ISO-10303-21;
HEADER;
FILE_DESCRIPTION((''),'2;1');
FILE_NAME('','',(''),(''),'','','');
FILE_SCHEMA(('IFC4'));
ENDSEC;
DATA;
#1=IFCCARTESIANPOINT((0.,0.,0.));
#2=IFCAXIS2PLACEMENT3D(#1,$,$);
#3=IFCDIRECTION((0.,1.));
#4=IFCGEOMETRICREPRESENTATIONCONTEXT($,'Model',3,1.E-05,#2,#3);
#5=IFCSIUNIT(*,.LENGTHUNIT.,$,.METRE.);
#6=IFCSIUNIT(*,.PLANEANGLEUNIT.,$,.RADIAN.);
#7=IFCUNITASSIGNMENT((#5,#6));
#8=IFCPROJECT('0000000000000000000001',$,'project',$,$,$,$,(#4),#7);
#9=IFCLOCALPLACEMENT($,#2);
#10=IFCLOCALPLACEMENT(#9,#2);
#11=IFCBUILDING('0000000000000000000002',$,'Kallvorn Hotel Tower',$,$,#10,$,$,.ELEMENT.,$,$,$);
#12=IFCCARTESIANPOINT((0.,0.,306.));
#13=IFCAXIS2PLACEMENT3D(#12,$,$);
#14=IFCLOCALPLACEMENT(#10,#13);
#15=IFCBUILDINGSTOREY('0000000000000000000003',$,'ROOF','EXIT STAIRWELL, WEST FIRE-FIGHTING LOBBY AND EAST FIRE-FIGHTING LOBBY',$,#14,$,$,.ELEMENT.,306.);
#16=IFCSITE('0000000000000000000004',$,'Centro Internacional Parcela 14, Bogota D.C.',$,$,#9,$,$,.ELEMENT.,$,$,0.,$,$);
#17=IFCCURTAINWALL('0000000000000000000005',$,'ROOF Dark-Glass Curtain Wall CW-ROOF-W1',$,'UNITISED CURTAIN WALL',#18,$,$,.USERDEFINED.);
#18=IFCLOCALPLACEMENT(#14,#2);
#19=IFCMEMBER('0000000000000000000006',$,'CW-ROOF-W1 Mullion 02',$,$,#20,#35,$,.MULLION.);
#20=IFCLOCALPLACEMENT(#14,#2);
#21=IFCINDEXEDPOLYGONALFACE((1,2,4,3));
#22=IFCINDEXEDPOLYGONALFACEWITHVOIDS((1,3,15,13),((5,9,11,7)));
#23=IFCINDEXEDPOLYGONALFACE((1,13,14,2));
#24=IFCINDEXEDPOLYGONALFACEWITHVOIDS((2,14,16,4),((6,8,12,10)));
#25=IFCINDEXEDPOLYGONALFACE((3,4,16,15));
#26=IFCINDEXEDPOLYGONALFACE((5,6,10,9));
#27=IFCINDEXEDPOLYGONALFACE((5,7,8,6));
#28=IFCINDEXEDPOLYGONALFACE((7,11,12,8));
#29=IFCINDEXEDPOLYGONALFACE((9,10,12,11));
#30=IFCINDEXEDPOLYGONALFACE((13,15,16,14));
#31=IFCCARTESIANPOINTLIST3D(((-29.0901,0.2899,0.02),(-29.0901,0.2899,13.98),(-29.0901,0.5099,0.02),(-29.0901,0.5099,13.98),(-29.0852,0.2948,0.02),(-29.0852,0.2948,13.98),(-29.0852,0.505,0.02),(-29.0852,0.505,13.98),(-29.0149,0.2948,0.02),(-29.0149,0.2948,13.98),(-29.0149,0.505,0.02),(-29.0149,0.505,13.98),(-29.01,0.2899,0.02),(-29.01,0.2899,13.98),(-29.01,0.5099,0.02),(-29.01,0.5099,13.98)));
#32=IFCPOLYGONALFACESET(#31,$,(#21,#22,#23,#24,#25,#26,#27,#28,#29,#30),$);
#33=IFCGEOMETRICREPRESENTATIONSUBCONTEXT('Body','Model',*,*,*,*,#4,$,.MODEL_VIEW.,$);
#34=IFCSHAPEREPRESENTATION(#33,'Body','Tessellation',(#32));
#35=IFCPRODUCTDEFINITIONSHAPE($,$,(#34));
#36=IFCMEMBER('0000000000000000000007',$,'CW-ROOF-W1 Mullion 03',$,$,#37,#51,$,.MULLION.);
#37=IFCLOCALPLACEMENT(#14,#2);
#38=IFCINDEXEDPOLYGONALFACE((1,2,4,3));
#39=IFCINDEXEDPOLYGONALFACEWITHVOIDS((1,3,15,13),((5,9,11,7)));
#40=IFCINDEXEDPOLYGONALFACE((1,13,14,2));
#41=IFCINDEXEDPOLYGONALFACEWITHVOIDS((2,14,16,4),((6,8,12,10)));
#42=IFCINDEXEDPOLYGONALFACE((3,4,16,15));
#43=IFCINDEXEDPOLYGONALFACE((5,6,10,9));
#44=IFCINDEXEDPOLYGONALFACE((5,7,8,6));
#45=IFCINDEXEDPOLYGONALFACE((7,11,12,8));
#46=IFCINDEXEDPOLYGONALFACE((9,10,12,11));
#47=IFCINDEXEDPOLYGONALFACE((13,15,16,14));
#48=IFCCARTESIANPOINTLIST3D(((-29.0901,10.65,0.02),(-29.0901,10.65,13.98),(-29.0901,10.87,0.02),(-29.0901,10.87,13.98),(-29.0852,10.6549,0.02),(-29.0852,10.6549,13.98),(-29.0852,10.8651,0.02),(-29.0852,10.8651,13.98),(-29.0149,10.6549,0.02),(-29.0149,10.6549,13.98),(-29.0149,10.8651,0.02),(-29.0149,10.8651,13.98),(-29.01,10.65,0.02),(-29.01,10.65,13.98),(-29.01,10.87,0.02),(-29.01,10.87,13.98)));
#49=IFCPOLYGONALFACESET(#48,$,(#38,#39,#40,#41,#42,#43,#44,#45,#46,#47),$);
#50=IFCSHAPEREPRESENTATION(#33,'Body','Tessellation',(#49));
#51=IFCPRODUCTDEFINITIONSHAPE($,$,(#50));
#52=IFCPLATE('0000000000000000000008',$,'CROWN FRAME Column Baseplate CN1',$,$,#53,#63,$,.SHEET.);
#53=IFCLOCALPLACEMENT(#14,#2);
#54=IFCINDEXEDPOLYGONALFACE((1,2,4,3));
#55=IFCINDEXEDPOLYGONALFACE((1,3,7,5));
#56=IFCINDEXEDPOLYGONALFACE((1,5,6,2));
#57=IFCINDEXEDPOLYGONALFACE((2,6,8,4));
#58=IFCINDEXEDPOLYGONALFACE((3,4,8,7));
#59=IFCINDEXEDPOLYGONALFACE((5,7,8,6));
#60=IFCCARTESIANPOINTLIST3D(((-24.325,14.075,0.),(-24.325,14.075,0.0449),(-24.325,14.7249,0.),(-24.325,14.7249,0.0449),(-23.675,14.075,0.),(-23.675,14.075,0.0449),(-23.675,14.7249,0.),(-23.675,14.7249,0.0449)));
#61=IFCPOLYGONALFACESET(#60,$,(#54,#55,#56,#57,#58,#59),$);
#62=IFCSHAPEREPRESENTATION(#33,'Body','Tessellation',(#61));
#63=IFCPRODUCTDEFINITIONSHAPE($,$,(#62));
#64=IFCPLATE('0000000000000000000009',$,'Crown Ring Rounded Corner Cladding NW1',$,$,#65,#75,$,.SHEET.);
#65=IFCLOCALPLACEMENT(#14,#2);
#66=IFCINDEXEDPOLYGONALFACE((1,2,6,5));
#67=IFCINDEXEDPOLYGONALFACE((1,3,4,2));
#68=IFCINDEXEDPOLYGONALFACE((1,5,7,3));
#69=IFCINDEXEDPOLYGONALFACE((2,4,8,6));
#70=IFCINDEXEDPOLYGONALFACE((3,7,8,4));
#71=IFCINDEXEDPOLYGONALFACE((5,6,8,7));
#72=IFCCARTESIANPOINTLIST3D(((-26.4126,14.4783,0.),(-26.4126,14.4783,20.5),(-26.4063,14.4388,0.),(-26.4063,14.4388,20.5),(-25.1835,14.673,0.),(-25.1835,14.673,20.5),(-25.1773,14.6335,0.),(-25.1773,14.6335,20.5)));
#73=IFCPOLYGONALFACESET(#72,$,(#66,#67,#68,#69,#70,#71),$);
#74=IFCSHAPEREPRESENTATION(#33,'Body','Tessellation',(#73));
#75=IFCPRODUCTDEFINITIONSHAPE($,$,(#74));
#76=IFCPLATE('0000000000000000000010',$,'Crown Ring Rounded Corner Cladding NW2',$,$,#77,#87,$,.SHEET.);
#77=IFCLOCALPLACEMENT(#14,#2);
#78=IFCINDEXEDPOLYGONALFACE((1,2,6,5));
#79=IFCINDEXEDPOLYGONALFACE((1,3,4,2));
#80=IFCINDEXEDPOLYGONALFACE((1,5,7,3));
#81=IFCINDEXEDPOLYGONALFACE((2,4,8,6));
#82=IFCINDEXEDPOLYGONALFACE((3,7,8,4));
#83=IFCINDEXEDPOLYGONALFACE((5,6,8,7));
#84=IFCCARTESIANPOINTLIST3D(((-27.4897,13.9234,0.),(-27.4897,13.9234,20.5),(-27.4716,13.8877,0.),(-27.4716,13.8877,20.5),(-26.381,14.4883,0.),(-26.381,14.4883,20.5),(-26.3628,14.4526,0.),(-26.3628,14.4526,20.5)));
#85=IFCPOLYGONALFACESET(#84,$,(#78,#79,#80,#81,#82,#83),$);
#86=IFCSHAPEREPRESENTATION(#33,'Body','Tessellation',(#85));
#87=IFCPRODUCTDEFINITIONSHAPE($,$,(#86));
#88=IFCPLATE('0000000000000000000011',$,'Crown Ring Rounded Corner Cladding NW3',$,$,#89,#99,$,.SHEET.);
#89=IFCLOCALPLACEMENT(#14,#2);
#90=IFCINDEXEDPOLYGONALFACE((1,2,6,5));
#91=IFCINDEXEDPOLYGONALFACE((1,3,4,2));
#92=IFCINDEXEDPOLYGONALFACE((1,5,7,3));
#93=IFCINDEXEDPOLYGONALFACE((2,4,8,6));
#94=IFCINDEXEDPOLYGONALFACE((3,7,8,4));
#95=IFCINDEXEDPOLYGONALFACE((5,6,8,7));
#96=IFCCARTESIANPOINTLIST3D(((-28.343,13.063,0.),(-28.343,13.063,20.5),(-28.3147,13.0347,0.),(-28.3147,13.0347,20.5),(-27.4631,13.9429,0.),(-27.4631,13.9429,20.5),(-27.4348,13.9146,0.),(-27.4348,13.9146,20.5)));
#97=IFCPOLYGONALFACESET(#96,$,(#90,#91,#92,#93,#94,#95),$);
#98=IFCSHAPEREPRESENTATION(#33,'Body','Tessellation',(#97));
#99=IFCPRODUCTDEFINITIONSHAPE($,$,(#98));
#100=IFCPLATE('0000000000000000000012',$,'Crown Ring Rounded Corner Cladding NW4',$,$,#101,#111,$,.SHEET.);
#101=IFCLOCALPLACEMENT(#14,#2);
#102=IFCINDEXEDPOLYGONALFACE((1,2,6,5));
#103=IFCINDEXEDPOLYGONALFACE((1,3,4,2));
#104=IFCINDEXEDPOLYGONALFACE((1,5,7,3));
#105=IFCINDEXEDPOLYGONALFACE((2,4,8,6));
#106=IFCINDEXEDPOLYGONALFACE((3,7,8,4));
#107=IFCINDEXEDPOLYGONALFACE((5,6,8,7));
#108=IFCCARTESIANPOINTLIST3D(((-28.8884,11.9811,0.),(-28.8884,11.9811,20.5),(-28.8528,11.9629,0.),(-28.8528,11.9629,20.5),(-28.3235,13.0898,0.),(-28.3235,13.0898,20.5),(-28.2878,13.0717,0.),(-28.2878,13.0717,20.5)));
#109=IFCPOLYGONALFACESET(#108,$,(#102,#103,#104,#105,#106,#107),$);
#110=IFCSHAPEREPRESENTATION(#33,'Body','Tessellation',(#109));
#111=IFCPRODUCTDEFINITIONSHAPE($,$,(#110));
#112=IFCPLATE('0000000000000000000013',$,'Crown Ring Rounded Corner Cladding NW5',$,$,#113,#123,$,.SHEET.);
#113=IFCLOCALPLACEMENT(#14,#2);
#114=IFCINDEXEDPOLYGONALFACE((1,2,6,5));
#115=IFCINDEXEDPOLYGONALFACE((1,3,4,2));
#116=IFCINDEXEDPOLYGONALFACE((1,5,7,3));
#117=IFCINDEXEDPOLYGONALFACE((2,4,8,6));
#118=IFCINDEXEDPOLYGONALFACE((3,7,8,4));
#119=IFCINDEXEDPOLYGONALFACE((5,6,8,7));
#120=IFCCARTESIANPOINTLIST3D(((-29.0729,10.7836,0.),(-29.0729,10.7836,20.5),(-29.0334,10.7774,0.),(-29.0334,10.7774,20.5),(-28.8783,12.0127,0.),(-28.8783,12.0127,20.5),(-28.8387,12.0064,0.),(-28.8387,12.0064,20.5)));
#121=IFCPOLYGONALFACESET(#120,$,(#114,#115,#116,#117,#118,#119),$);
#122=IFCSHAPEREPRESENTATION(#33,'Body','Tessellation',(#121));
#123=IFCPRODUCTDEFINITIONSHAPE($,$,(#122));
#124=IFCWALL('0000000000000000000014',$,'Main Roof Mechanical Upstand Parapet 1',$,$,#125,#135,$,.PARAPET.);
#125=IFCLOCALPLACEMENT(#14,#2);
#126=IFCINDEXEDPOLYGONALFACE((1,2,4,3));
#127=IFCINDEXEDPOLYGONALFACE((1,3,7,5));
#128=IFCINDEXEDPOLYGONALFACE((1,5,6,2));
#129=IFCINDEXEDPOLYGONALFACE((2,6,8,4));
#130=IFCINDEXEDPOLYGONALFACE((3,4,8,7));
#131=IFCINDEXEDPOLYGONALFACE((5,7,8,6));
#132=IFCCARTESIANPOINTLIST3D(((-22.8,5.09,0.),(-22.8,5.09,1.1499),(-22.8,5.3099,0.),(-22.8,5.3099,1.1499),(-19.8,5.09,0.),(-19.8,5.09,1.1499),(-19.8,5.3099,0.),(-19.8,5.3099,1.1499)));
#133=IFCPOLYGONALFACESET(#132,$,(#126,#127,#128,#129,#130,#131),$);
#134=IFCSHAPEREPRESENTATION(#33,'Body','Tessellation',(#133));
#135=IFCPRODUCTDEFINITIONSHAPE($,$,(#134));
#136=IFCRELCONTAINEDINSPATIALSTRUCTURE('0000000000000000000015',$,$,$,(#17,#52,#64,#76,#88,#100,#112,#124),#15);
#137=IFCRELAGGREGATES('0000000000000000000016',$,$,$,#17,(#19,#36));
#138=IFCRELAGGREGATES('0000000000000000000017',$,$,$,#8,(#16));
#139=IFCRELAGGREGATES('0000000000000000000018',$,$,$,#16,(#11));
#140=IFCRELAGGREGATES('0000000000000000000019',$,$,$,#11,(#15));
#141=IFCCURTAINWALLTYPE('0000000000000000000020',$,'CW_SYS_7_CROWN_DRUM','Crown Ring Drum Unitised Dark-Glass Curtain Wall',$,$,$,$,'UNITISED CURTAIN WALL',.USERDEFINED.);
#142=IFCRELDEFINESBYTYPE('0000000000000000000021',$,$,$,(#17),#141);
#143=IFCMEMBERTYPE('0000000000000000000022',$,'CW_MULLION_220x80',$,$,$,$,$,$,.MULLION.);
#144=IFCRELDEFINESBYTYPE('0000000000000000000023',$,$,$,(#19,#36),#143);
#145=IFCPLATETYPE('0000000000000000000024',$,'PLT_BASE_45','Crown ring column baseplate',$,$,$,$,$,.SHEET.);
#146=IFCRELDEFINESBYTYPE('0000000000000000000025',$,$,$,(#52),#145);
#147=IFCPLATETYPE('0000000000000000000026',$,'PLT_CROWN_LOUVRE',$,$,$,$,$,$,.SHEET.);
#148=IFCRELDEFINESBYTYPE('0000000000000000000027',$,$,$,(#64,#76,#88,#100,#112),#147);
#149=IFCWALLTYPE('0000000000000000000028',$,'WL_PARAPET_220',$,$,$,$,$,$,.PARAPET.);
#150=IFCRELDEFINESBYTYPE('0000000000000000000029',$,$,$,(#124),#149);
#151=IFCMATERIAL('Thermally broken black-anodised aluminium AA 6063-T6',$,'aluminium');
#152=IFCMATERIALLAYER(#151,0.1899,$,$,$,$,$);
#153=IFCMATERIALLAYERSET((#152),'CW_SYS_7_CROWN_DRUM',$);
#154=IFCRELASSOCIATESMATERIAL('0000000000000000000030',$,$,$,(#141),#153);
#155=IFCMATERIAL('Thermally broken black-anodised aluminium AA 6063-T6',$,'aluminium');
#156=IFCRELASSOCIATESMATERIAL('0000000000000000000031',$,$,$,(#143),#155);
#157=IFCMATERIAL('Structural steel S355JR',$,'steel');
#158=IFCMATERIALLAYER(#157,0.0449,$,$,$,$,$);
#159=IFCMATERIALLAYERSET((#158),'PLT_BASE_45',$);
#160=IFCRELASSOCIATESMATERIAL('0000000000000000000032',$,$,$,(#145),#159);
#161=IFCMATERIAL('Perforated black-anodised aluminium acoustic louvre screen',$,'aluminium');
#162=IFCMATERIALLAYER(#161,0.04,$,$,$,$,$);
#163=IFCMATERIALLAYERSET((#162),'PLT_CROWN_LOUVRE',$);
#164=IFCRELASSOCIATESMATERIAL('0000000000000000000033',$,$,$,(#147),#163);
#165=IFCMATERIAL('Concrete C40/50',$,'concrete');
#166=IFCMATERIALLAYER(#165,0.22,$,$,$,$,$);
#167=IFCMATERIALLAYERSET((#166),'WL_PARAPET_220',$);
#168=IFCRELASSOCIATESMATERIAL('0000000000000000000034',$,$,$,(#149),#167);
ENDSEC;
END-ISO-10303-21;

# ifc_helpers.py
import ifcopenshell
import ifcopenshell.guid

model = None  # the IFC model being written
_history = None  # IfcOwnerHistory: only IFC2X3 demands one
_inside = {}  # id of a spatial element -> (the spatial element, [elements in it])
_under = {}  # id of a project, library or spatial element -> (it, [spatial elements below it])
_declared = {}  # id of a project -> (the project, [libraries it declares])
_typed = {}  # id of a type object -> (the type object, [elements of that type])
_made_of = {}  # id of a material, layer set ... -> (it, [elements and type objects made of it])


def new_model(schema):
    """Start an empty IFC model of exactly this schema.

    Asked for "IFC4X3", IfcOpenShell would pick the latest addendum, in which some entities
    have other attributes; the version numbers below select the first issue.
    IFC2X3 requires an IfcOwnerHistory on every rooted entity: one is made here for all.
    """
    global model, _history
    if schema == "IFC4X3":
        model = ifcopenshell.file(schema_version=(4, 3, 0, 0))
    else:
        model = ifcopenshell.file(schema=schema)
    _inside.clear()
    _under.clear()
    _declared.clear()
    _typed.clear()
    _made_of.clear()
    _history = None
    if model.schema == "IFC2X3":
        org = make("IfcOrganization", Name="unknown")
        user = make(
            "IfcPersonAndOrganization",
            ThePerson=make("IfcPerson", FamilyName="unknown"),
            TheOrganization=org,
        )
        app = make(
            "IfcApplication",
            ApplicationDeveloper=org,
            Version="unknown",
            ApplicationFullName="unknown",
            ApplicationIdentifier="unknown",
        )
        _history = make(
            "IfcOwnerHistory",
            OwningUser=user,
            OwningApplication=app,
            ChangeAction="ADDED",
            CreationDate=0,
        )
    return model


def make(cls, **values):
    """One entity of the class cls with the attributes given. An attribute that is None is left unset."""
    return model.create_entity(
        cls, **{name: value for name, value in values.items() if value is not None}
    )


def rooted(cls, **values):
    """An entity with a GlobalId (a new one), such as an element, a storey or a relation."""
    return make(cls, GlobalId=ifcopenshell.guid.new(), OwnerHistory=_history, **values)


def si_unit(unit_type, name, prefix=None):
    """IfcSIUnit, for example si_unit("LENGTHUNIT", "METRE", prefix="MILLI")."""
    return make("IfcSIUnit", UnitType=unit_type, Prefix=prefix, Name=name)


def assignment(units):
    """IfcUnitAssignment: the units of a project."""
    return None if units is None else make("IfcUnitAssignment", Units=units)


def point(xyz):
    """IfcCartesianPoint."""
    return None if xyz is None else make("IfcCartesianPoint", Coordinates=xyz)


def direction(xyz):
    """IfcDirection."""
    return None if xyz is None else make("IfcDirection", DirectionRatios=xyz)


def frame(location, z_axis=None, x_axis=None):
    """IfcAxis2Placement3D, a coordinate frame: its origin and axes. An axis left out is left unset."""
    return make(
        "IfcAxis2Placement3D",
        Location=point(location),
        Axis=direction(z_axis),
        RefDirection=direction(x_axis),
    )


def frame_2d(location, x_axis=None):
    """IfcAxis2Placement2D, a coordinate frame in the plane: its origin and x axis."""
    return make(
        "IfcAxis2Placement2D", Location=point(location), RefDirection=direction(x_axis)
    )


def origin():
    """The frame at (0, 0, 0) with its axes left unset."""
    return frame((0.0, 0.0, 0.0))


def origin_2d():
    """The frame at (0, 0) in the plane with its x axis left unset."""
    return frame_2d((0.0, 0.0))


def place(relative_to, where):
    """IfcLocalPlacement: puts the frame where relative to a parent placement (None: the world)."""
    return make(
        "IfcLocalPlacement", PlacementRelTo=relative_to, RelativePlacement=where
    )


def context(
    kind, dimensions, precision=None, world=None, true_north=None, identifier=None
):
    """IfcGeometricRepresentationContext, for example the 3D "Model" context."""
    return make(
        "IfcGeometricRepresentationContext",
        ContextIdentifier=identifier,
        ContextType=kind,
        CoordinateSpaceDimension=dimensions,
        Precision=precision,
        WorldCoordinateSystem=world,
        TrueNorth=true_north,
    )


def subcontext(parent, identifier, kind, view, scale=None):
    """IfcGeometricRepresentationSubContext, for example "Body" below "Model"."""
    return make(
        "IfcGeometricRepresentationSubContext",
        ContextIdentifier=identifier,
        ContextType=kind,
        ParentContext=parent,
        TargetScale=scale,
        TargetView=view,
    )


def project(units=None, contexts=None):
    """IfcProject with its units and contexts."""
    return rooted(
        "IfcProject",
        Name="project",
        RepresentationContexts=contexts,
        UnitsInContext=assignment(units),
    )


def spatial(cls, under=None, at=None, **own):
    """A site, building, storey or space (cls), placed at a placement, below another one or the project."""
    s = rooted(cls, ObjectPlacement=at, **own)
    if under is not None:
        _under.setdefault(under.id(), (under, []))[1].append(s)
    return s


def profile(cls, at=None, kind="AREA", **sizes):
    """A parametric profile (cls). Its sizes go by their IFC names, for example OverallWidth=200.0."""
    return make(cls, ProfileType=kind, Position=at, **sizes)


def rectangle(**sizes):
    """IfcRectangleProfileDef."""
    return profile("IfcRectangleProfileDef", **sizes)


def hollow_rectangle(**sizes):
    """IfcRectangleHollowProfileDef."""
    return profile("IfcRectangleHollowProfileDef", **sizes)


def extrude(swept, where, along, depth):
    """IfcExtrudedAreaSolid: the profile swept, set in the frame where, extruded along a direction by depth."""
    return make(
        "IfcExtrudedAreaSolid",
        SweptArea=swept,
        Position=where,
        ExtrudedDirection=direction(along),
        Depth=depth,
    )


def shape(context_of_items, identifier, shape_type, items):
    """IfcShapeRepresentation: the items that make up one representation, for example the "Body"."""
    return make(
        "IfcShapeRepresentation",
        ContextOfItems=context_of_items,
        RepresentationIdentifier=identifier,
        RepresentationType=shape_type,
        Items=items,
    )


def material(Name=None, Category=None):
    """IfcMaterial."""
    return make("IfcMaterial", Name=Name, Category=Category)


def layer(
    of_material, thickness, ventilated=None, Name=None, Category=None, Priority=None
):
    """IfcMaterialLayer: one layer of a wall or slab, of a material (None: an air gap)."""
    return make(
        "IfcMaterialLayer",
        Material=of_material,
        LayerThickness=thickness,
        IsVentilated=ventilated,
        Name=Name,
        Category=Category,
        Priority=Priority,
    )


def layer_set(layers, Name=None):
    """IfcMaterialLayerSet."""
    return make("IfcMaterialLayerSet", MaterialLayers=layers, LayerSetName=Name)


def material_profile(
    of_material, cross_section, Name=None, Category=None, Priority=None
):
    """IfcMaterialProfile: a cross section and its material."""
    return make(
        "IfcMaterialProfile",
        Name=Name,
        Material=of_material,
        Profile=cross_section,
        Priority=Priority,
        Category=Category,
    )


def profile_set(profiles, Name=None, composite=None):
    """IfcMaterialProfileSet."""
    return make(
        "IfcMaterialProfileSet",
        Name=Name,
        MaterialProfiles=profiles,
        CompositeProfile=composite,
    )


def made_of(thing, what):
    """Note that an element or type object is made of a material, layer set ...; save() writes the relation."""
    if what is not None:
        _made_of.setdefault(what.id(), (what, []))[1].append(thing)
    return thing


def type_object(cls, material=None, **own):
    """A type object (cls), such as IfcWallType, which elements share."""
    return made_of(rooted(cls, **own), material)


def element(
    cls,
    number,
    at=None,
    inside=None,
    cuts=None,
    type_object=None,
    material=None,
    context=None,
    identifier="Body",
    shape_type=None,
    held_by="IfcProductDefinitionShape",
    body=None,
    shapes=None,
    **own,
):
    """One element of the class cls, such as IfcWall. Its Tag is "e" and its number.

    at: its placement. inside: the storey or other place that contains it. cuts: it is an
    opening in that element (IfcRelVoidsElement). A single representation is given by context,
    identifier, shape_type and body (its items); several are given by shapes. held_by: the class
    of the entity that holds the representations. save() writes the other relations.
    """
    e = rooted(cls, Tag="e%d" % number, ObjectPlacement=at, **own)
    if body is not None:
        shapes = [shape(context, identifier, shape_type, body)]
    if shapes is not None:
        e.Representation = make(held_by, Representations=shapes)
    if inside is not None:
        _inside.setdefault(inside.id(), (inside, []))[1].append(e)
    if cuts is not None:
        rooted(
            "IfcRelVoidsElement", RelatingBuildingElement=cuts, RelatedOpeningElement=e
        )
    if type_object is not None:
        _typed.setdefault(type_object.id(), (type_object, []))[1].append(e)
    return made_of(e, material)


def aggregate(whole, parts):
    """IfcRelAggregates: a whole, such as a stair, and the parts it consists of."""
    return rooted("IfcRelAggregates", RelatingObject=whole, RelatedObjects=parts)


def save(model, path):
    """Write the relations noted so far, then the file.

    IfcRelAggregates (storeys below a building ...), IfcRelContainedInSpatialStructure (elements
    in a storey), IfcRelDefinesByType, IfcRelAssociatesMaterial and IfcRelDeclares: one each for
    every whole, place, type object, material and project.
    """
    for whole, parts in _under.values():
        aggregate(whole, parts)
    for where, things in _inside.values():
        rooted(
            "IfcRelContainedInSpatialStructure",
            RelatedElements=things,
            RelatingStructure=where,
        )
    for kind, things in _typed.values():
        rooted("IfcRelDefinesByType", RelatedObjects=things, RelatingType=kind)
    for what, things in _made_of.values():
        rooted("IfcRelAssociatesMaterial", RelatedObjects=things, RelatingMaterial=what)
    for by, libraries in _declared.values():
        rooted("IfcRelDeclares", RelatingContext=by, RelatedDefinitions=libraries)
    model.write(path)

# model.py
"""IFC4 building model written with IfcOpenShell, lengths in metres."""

from ifc_helpers import new_model, si_unit, direction, frame, frame_2d, origin, origin_2d, place, context, subcontext, project, spatial, rectangle, hollow_rectangle, extrude, material, layer, layer_set, material_profile, profile_set, type_object, element, aggregate, save


model = new_model("IFC4")

# Units and contexts
model_context = context("Model", 3, precision=1e-05, world=origin(), true_north=direction((0.0, 1.0)))
body_context = subcontext(model_context, "Body", "Model", "MODEL_VIEW")
ifc_project = project(units=[si_unit("LENGTHUNIT", "METRE"), si_unit("PLANEANGLEUNIT", "RADIAN")], contexts=[model_context])

# Site, building, storey
site_placement = place(None, origin())
site = spatial("IfcSite", under=ifc_project, at=site_placement, Name="Centro Internacional Parcela 14, Bogota D.C.", CompositionType="ELEMENT", RefElevation=0.0)
building_placement = place(site_placement, origin())
building = spatial("IfcBuilding", under=site, at=building_placement, Name="Kallvorn Hotel Tower", CompositionType="ELEMENT")
storey_placement = place(building_placement, frame((0.0, 0.0, 306.0)))
storey = spatial("IfcBuildingStorey", under=building, at=storey_placement, Name="ROOF", Description="EXIT STAIRWELL, WEST FIRE-FIGHTING LOBBY AND EAST FIRE-FIGHTING LOBBY", CompositionType="ELEMENT", Elevation=306.0)

# Shared definitions
ifc_material_1 = material(Name="Thermally broken black-anodised aluminium AA 6063-T6", Category="aluminium")
ifc_layer_1 = layer(ifc_material_1, 0.1899)
ifc_layer_set_1 = layer_set([ifc_layer_1], Name="CW_SYS_7_CROWN_DRUM")
curtain_wall_type = type_object("IfcCurtainWallType", Name="CW_SYS_7_CROWN_DRUM", Description="Crown Ring Drum Unitised Dark-Glass Curtain Wall", ElementType="UNITISED CURTAIN WALL", PredefinedType="USERDEFINED", material=ifc_layer_set_1)
ifc_material_2 = material(Name="Thermally broken black-anodised aluminium AA 6063-T6", Category="aluminium")
ifc_material_profile_1 = material_profile(ifc_material_2, hollow_rectangle(XDim=0.0801, YDim=0.22, WallThickness=0.0049, at=origin_2d()), Name="MUL 220x80")
ifc_profile_set_1 = profile_set([ifc_material_profile_1], Name="Thermally broken black-anodised aluminium AA 6063-T6")
member_type = type_object("IfcMemberType", Name="CW_MULLION_220x80", PredefinedType="MULLION", material=ifc_profile_set_1)

# Curtain wall, members
curtain_wall_1_placement = place(storey_placement, origin())
curtain_wall_1 = element("IfcCurtainWall", 1, at=curtain_wall_1_placement, inside=storey, type_object=curtain_wall_type, Name="ROOF Dark-Glass Curtain Wall CW-ROOF-W1", ObjectType="UNITISED CURTAIN WALL", PredefinedType="USERDEFINED")
member_1_placement = place(storey_placement, frame((-29.05, 0.3999, 0.02), z_axis=(0.0, 0.0, 1.0), x_axis=(1.0, 0.0, 0.0)))
member_1 = element("IfcMember", 2, at=member_1_placement, type_object=member_type, Name="CW-ROOF-W1 Mullion 02", PredefinedType="MULLION", context=body_context, shape_type="SweptSolid", body=[
    extrude(hollow_rectangle(XDim=0.0801, YDim=0.22, WallThickness=0.0049, at=origin_2d()), origin(), (0.0, 0.0, 1.0), 13.96),
])
member_2_placement = place(storey_placement, frame((-29.05, 10.76, 0.02), z_axis=(0.0, 0.0, 1.0), x_axis=(1.0, 0.0, 0.0)))
member_2 = element("IfcMember", 3, at=member_2_placement, type_object=member_type, Name="CW-ROOF-W1 Mullion 03", PredefinedType="MULLION", context=body_context, shape_type="SweptSolid", body=[
    extrude(hollow_rectangle(XDim=0.0801, YDim=0.22, WallThickness=0.0049, at=origin_2d()), origin(), (0.0, 0.0, 1.0), 13.96),
])
aggregate(curtain_wall_1, [member_1, member_2])

# Plates
ifc_material_3 = material(Name="Structural steel S355JR", Category="steel")
ifc_layer_2 = layer(ifc_material_3, 0.0449)
ifc_layer_set_2 = layer_set([ifc_layer_2], Name="PLT_BASE_45")
plate_type_1 = type_object("IfcPlateType", Name="PLT_BASE_45", Description="Crown ring column baseplate", PredefinedType="SHEET", material=ifc_layer_set_2)
plate_placement = place(storey_placement, frame((-24.0, 14.3999, 0.0), z_axis=(0.0, 0.0, 1.0), x_axis=(1.0, 0.0, 0.0)))
element("IfcPlate", 4, at=plate_placement, inside=storey, type_object=plate_type_1, Name="CROWN FRAME Column Baseplate CN1", PredefinedType="SHEET", context=body_context, shape_type="SweptSolid", body=[
    extrude(rectangle(XDim=0.6499, YDim=0.6499, at=origin_2d()), origin(), (0.0, 0.0, 1.0), 0.0449),
])
ifc_material_4 = material(Name="Perforated black-anodised aluminium acoustic louvre screen", Category="aluminium")
ifc_layer_3 = layer(ifc_material_4, 0.04)
ifc_layer_set_3 = layer_set([ifc_layer_3], Name="PLT_CROWN_LOUVRE")
plate_type_2 = type_object("IfcPlateType", Name="PLT_CROWN_LOUVRE", PredefinedType="SHEET", material=ifc_layer_set_3)
for number, where, z_axis, x_axis, name in (
    (5, (-25.7949, 14.5559, 0.0), (0.0, 0.0, 1.0), (-0.987688, -0.156434, 0.0), "Crown Ring Rounded Corner Cladding NW1"),
    (6, (-26.9263, 14.188, 0.0), (0.0, 0.0, 1.0), (-0.891007, -0.45399, 0.0), "Crown Ring Rounded Corner Cladding NW2"),
    (7, (-27.8889, 13.4888, 0.0), (0.0, 0.0, 1.0), (-0.707107, -0.707107, 0.0), "Crown Ring Rounded Corner Cladding NW3"),
    (8, (-28.5881, 12.5264, 0.0), (0.0, 0.0, 1.0), (-0.45399, -0.891007, 0.0), "Crown Ring Rounded Corner Cladding NW4"),
    (9, (-28.9558, 11.395, 0.0), (0.0, 0.0, 1.0), (-0.156434, -0.987688, 0.0), "Crown Ring Rounded Corner Cladding NW5"),
):
    element("IfcPlate", number, at=place(storey_placement, frame(where, z_axis=z_axis, x_axis=x_axis)), inside=storey, type_object=plate_type_2, Name=name, PredefinedType="SHEET", context=body_context, shape_type="SweptSolid", body=[
        extrude(rectangle(XDim=1.2444, YDim=0.04, at=origin_2d()), origin(), (0.0, 0.0, 1.0), 20.5),
    ])

# Wall
ifc_material_5 = material(Name="Concrete C40/50", Category="concrete")
ifc_layer_4 = layer(ifc_material_5, 0.22)
ifc_layer_set_4 = layer_set([ifc_layer_4], Name="WL_PARAPET_220")
wall_type = type_object("IfcWallType", Name="WL_PARAPET_220", PredefinedType="PARAPET", material=ifc_layer_set_4)
wall_placement = place(storey_placement, frame((-22.8, 5.2, 0.0), z_axis=(0.0, 0.0, 1.0), x_axis=(1.0, 0.0, 0.0)))
element("IfcWall", 10, at=wall_placement, inside=storey, type_object=wall_type, Name="Main Roof Mechanical Upstand Parapet 1", PredefinedType="PARAPET", context=body_context, shape_type="SweptSolid", body=[
    extrude(rectangle(XDim=3.0, YDim=0.22, at=frame_2d((1.5, 0.0))), origin(), (0.0, 0.0, 1.0), 1.1499),
])

save(model, "model.ifc")
